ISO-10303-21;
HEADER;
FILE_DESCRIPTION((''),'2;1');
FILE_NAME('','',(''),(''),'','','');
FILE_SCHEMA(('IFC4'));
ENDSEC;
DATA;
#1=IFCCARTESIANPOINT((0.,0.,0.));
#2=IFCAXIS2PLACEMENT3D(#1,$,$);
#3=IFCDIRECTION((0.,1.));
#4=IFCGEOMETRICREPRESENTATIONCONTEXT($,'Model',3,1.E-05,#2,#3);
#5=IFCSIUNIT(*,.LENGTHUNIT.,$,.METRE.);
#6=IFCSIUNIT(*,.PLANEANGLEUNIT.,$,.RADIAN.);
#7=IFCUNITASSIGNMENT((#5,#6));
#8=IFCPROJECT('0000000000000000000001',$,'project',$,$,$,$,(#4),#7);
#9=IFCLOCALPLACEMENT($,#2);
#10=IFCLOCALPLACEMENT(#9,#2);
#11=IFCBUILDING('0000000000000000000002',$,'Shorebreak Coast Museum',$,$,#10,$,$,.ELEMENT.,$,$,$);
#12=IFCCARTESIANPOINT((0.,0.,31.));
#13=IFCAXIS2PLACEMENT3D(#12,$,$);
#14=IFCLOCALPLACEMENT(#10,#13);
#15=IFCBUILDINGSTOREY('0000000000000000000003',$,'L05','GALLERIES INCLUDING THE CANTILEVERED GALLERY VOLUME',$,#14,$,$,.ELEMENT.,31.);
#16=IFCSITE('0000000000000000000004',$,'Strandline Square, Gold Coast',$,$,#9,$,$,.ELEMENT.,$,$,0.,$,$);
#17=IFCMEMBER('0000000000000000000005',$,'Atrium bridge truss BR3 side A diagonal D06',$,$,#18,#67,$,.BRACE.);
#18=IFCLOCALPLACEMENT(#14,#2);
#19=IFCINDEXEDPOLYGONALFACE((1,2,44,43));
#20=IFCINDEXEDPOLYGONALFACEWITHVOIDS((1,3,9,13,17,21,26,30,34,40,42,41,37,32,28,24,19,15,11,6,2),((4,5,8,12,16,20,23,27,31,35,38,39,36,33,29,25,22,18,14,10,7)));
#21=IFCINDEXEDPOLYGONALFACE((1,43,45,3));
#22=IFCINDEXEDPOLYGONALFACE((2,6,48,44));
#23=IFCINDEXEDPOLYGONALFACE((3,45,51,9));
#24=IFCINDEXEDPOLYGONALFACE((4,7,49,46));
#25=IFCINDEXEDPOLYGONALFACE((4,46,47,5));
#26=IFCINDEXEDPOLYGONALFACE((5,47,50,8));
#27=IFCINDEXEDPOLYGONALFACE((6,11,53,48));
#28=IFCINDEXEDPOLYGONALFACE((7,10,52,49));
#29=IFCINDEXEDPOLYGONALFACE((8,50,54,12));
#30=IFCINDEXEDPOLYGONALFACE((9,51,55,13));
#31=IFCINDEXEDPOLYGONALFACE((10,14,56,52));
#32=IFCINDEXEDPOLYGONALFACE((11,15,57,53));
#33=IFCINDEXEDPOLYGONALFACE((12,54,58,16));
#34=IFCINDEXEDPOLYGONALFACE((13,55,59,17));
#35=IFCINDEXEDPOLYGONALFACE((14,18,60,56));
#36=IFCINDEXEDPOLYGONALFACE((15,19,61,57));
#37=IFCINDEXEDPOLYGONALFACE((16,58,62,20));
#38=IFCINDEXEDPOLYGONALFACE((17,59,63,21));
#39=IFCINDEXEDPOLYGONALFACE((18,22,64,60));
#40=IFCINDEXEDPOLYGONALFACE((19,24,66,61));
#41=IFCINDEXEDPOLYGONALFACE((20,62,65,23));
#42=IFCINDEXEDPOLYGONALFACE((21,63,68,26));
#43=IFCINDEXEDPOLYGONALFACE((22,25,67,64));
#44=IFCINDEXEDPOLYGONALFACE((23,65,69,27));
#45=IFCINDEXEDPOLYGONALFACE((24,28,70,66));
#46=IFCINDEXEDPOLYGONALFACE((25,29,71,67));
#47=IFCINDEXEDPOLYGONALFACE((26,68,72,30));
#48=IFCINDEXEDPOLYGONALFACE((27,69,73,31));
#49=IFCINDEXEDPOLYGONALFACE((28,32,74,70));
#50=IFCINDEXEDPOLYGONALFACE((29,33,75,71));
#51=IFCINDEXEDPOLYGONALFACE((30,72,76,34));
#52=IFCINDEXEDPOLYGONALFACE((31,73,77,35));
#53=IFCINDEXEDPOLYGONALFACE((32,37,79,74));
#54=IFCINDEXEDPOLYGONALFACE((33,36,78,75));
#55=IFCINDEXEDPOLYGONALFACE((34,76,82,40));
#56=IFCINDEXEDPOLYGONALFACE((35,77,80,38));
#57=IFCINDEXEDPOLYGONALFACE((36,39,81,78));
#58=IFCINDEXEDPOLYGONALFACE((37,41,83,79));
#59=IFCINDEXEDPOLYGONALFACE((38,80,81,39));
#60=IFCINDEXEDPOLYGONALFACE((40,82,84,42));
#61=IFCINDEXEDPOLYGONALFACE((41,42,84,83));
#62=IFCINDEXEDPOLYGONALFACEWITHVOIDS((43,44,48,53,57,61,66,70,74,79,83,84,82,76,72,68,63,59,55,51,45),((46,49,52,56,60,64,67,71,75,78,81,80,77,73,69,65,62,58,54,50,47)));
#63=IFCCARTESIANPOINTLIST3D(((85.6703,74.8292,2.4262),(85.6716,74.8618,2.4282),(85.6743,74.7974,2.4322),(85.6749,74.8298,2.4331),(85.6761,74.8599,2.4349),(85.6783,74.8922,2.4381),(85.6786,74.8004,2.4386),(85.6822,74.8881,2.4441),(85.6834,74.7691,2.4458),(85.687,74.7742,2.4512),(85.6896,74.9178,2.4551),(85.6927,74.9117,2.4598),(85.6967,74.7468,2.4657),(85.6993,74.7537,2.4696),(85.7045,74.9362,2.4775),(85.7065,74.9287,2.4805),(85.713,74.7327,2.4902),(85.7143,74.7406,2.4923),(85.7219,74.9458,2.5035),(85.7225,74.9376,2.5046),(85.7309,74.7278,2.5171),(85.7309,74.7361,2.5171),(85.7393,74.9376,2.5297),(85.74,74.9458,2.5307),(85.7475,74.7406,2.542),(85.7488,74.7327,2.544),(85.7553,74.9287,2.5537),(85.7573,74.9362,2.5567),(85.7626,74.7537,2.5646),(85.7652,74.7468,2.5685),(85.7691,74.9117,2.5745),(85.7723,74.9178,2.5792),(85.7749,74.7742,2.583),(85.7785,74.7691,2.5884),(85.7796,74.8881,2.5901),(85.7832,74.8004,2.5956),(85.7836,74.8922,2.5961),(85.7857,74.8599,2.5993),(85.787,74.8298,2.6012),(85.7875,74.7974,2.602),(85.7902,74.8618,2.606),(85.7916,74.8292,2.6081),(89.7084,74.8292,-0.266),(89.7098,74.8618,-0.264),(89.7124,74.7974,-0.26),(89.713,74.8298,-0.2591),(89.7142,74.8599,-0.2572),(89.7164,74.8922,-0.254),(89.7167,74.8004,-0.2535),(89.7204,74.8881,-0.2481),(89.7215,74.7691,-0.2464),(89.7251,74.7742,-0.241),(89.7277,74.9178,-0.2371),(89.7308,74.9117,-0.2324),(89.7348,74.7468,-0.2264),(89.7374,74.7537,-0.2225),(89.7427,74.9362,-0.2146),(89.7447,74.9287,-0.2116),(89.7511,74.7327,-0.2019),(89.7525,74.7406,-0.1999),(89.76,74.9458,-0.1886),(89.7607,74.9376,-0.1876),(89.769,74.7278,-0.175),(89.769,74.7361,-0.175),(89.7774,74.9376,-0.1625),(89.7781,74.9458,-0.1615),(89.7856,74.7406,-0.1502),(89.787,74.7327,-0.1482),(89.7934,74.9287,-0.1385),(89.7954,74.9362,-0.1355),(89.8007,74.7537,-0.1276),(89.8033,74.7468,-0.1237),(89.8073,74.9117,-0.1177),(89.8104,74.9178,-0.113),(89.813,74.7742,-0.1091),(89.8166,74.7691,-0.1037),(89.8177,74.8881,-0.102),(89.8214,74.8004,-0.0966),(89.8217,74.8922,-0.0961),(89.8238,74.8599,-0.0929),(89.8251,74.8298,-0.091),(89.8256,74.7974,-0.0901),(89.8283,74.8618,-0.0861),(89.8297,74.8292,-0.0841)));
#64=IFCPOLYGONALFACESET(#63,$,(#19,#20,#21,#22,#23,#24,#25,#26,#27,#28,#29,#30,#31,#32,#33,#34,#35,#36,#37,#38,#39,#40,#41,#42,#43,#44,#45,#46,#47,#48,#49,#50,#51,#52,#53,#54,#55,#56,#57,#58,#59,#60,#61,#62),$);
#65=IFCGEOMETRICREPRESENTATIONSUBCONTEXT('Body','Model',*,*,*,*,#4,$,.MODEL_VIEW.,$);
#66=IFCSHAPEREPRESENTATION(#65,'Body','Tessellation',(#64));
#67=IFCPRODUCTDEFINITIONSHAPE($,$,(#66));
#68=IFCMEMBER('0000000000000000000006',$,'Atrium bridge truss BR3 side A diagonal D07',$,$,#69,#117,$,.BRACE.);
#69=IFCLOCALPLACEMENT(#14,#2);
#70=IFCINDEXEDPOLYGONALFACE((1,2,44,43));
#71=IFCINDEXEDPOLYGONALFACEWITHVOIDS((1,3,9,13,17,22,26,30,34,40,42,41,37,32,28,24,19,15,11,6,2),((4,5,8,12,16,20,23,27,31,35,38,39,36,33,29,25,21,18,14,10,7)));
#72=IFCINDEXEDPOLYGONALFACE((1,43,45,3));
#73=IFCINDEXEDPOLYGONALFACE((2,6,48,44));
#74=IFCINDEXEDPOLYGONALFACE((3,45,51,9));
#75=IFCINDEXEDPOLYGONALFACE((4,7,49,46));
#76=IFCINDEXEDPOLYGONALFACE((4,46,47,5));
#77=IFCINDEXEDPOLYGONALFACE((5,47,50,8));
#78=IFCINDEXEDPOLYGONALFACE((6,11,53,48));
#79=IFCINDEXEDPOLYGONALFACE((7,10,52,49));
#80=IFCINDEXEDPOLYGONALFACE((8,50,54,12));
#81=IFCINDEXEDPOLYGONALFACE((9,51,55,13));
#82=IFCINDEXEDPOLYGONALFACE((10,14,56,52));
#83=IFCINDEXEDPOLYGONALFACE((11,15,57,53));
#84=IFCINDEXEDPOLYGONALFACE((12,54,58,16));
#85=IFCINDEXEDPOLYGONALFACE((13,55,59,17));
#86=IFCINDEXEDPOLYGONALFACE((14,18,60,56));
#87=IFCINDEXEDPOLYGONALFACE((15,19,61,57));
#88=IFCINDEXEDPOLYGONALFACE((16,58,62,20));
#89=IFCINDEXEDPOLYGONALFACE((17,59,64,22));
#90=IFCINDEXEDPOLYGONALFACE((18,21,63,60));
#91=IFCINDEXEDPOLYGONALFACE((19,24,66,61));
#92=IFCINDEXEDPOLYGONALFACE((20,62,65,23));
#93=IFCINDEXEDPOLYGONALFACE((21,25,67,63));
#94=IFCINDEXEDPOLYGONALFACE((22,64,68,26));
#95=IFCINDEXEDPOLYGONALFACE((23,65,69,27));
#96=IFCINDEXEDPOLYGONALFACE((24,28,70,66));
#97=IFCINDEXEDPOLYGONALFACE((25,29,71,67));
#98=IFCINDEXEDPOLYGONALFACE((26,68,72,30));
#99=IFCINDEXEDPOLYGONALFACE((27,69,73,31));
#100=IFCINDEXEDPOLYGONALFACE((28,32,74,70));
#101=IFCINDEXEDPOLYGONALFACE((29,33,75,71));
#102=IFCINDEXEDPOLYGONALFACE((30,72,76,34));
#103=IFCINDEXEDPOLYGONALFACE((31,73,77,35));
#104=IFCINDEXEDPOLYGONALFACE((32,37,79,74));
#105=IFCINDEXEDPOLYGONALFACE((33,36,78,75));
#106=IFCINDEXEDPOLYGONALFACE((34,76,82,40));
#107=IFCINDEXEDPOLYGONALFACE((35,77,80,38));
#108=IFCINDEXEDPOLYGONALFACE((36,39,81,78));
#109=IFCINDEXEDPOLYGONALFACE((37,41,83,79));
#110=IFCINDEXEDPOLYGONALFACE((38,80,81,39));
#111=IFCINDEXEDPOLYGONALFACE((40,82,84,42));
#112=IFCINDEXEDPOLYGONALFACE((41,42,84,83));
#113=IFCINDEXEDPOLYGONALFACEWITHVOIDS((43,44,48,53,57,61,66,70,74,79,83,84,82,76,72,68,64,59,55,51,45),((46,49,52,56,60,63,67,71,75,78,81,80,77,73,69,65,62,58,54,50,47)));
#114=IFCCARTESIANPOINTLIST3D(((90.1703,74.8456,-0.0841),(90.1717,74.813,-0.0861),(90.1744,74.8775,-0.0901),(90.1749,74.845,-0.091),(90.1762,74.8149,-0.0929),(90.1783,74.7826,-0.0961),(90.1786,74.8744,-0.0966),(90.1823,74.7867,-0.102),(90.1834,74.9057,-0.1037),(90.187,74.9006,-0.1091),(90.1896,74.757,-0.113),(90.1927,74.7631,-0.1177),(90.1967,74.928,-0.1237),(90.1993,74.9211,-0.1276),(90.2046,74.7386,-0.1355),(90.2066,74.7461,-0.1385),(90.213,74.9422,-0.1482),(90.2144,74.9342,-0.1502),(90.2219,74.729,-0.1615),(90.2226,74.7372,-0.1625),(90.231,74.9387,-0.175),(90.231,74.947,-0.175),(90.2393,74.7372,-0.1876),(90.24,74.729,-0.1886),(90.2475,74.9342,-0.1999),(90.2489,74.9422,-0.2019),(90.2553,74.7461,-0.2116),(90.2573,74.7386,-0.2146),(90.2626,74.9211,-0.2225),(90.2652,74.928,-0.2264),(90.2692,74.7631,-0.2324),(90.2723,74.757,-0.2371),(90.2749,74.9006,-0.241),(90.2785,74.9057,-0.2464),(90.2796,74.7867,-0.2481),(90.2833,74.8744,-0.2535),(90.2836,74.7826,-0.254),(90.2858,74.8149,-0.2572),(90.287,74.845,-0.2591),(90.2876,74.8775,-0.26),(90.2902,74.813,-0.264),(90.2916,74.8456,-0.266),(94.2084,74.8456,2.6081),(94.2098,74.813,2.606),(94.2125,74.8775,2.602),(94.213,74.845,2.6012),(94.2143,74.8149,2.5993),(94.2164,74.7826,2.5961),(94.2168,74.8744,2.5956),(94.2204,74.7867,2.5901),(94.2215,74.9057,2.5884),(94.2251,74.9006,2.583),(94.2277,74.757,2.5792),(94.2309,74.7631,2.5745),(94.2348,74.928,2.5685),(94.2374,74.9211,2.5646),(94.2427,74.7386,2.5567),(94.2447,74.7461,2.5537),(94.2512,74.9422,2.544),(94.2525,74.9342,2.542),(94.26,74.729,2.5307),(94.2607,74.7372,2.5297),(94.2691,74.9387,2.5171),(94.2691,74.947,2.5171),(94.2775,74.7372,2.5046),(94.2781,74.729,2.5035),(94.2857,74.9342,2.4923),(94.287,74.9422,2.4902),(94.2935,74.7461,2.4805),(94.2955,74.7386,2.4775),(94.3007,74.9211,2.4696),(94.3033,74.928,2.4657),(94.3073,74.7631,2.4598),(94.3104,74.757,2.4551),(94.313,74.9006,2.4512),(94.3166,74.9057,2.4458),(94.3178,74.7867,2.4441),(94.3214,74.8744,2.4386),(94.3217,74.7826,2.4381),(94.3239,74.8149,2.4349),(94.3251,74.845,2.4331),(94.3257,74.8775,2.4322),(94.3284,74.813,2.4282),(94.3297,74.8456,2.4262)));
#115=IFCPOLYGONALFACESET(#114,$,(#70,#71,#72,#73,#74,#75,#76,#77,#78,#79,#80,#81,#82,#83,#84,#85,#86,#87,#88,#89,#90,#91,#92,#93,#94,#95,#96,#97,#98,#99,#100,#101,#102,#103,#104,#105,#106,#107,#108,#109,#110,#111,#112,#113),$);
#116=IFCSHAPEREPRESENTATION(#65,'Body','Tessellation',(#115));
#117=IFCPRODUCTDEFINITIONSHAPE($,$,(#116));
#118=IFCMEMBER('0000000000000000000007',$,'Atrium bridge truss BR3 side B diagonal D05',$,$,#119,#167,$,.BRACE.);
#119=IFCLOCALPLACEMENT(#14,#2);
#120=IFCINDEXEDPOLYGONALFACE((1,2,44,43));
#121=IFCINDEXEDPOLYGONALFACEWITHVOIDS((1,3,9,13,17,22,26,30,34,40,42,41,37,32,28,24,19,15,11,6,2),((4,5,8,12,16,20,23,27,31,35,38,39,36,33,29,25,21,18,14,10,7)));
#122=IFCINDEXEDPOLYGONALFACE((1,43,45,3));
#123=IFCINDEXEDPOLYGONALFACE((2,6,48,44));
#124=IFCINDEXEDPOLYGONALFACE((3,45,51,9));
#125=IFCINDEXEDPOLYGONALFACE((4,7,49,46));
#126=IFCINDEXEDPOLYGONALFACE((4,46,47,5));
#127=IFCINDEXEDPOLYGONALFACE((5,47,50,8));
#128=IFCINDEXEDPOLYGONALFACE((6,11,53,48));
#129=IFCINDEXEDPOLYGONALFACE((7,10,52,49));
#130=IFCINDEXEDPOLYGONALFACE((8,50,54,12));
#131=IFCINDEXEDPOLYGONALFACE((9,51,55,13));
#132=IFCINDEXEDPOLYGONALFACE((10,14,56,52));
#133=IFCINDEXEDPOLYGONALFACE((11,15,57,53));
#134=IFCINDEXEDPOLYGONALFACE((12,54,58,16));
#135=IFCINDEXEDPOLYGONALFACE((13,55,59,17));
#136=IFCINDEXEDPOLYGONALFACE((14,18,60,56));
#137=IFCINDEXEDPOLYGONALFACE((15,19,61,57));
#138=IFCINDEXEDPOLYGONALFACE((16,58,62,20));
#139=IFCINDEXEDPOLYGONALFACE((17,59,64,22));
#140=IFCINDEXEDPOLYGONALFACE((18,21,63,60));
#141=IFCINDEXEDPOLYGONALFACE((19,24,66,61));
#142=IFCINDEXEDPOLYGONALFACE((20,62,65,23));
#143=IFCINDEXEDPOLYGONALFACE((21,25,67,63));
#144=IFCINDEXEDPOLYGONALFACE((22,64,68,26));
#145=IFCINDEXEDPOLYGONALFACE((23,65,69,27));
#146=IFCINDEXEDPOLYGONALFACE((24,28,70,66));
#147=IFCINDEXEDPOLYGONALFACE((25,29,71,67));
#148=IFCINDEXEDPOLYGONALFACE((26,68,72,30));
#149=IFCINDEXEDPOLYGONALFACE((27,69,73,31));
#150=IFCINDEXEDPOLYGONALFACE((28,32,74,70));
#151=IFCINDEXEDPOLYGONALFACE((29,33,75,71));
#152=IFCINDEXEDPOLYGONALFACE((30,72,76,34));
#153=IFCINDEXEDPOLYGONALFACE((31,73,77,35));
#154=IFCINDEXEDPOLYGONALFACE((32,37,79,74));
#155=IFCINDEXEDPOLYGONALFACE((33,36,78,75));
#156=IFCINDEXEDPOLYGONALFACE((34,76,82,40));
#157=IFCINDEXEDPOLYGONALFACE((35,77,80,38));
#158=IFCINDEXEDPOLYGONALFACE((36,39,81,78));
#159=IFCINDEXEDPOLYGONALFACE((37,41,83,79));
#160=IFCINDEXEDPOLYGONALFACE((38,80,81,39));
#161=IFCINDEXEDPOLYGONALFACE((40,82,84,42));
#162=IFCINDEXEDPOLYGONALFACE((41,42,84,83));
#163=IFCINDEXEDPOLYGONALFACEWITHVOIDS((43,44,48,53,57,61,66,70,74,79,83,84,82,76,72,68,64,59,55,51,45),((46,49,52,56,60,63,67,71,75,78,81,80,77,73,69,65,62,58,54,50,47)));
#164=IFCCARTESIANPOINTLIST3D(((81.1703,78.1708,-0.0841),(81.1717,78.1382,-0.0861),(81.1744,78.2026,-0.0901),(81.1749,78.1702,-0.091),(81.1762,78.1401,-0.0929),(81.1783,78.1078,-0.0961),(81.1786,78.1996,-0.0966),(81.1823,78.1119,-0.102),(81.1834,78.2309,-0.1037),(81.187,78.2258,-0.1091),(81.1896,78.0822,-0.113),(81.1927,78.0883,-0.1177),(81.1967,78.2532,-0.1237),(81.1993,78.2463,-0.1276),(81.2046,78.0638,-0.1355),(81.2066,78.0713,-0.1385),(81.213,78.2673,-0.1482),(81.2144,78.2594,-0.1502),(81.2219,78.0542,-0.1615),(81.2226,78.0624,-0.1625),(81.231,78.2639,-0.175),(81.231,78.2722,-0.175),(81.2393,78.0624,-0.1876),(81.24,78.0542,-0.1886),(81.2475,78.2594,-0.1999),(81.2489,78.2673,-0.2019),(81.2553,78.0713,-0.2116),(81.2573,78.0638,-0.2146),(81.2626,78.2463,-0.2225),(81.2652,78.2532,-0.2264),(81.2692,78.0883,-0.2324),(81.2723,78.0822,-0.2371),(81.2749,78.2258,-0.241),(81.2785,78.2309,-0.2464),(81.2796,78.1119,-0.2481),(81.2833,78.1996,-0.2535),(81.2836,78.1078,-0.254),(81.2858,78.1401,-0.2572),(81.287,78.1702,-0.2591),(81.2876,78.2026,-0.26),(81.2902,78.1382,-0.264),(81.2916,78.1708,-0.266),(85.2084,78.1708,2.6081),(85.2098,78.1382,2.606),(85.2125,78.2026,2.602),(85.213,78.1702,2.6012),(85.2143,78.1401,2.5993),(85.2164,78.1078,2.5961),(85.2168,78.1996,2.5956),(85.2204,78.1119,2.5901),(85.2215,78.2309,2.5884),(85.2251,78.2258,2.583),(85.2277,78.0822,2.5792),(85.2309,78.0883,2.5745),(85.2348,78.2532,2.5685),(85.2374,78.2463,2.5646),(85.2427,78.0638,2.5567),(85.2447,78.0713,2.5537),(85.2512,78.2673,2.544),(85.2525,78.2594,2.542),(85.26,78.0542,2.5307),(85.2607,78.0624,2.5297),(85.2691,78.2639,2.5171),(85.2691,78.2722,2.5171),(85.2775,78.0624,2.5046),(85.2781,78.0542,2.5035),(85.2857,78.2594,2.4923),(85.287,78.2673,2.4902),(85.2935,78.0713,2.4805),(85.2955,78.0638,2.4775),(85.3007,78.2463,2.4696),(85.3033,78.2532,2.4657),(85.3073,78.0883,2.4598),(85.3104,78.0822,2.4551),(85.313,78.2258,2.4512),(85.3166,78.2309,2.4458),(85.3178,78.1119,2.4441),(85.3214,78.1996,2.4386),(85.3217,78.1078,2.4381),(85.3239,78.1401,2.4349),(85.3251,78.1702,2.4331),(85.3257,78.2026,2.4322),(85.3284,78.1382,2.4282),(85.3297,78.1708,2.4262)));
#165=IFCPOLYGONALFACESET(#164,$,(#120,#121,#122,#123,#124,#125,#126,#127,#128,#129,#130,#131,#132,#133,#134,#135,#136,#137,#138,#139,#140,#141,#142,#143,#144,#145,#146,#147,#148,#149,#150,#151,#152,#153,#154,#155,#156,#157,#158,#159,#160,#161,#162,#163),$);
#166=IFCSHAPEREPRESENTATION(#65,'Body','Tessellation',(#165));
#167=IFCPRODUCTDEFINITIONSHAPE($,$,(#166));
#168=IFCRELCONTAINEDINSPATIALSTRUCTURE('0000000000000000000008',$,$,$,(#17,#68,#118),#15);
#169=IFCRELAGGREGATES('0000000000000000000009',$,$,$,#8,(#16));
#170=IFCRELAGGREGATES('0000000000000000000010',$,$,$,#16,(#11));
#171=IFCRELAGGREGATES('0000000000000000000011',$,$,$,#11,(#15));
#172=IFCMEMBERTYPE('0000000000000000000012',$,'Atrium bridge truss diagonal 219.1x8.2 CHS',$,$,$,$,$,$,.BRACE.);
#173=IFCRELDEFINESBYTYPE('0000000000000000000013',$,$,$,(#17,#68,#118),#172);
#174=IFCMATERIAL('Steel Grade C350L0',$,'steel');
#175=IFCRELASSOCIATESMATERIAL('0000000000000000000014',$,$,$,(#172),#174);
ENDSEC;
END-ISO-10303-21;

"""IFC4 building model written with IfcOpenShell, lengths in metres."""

from ifc_helpers import new_model, si_unit, direction, frame, origin, origin_2d, place, context, subcontext, project, spatial, hollow_circle, extrude, material, material_profile, profile_set, type_object, element, save


model = new_model("IFC4")

# Units and contexts
model_context = context("Model", 3, precision=1e-05, world=origin(), true_north=direction((0.0, 1.0)))
body_context = subcontext(model_context, "Body", "Model", "MODEL_VIEW")
ifc_project = project(units=[si_unit("LENGTHUNIT", "METRE"), si_unit("PLANEANGLEUNIT", "RADIAN")], contexts=[model_context])

# Site, building, storey
site_placement = place(None, origin())
site = spatial("IfcSite", under=ifc_project, at=site_placement, Name="Strandline Square, Gold Coast", CompositionType="ELEMENT", RefElevation=0.0)
building_placement = place(site_placement, origin())
building = spatial("IfcBuilding", under=site, at=building_placement, Name="Shorebreak Coast Museum", CompositionType="ELEMENT")
storey_placement = place(building_placement, frame((0.0, 0.0, 31.0)))
storey = spatial("IfcBuildingStorey", under=building, at=storey_placement, Name="L05", Description="GALLERIES INCLUDING THE CANTILEVERED GALLERY VOLUME", CompositionType="ELEMENT", Elevation=31.0)

# Members
ifc_material_1 = material(Name="Steel Grade C350L0", Category="steel")
ifc_material_profile_1 = material_profile(ifc_material_1, hollow_circle(Radius=0.1096, WallThickness=0.0083, at=origin_2d()), Name="219.1x8.2 CHS")
ifc_profile_set_1 = profile_set([ifc_material_profile_1], Name="Steel Grade C350L0")
member_type_1 = type_object("IfcMemberType", Name="Atrium bridge truss diagonal 219.1x8.2 CHS", PredefinedType="BRACE", material=ifc_profile_set_1)
for number, where, z_axis, x_axis, name in (
    (1, (89.769, 74.8374, -0.175), (-0.832043, 0.0, 0.554712), (0.0, -1.0, 0.0), "Atrium bridge truss BR3 side A diagonal D06"),
    (2, (90.231, 74.8374, -0.175), (0.832043, 0.0, 0.554712), (0.0, 1.0, 0.0), "Atrium bridge truss BR3 side A diagonal D07"),
    (3, (81.231, 78.1626, -0.175), (0.832043, 0.0, 0.554712), (0.0, 1.0, 0.0), "Atrium bridge truss BR3 side B diagonal D05"),
):
    element("IfcMember", number, at=place(storey_placement, frame(where, z_axis=z_axis, x_axis=x_axis)), inside=storey, type_object=member_type_1, Name=name, PredefinedType="BRACE", context=body_context, shape_type="SweptSolid", body=[
        extrude(hollow_circle(Radius=0.1096, WallThickness=0.0083, at=origin_2d()), origin(), (0.0, 0.0, 1.0), 4.8533),
    ])

save(model, "model.ifc")
